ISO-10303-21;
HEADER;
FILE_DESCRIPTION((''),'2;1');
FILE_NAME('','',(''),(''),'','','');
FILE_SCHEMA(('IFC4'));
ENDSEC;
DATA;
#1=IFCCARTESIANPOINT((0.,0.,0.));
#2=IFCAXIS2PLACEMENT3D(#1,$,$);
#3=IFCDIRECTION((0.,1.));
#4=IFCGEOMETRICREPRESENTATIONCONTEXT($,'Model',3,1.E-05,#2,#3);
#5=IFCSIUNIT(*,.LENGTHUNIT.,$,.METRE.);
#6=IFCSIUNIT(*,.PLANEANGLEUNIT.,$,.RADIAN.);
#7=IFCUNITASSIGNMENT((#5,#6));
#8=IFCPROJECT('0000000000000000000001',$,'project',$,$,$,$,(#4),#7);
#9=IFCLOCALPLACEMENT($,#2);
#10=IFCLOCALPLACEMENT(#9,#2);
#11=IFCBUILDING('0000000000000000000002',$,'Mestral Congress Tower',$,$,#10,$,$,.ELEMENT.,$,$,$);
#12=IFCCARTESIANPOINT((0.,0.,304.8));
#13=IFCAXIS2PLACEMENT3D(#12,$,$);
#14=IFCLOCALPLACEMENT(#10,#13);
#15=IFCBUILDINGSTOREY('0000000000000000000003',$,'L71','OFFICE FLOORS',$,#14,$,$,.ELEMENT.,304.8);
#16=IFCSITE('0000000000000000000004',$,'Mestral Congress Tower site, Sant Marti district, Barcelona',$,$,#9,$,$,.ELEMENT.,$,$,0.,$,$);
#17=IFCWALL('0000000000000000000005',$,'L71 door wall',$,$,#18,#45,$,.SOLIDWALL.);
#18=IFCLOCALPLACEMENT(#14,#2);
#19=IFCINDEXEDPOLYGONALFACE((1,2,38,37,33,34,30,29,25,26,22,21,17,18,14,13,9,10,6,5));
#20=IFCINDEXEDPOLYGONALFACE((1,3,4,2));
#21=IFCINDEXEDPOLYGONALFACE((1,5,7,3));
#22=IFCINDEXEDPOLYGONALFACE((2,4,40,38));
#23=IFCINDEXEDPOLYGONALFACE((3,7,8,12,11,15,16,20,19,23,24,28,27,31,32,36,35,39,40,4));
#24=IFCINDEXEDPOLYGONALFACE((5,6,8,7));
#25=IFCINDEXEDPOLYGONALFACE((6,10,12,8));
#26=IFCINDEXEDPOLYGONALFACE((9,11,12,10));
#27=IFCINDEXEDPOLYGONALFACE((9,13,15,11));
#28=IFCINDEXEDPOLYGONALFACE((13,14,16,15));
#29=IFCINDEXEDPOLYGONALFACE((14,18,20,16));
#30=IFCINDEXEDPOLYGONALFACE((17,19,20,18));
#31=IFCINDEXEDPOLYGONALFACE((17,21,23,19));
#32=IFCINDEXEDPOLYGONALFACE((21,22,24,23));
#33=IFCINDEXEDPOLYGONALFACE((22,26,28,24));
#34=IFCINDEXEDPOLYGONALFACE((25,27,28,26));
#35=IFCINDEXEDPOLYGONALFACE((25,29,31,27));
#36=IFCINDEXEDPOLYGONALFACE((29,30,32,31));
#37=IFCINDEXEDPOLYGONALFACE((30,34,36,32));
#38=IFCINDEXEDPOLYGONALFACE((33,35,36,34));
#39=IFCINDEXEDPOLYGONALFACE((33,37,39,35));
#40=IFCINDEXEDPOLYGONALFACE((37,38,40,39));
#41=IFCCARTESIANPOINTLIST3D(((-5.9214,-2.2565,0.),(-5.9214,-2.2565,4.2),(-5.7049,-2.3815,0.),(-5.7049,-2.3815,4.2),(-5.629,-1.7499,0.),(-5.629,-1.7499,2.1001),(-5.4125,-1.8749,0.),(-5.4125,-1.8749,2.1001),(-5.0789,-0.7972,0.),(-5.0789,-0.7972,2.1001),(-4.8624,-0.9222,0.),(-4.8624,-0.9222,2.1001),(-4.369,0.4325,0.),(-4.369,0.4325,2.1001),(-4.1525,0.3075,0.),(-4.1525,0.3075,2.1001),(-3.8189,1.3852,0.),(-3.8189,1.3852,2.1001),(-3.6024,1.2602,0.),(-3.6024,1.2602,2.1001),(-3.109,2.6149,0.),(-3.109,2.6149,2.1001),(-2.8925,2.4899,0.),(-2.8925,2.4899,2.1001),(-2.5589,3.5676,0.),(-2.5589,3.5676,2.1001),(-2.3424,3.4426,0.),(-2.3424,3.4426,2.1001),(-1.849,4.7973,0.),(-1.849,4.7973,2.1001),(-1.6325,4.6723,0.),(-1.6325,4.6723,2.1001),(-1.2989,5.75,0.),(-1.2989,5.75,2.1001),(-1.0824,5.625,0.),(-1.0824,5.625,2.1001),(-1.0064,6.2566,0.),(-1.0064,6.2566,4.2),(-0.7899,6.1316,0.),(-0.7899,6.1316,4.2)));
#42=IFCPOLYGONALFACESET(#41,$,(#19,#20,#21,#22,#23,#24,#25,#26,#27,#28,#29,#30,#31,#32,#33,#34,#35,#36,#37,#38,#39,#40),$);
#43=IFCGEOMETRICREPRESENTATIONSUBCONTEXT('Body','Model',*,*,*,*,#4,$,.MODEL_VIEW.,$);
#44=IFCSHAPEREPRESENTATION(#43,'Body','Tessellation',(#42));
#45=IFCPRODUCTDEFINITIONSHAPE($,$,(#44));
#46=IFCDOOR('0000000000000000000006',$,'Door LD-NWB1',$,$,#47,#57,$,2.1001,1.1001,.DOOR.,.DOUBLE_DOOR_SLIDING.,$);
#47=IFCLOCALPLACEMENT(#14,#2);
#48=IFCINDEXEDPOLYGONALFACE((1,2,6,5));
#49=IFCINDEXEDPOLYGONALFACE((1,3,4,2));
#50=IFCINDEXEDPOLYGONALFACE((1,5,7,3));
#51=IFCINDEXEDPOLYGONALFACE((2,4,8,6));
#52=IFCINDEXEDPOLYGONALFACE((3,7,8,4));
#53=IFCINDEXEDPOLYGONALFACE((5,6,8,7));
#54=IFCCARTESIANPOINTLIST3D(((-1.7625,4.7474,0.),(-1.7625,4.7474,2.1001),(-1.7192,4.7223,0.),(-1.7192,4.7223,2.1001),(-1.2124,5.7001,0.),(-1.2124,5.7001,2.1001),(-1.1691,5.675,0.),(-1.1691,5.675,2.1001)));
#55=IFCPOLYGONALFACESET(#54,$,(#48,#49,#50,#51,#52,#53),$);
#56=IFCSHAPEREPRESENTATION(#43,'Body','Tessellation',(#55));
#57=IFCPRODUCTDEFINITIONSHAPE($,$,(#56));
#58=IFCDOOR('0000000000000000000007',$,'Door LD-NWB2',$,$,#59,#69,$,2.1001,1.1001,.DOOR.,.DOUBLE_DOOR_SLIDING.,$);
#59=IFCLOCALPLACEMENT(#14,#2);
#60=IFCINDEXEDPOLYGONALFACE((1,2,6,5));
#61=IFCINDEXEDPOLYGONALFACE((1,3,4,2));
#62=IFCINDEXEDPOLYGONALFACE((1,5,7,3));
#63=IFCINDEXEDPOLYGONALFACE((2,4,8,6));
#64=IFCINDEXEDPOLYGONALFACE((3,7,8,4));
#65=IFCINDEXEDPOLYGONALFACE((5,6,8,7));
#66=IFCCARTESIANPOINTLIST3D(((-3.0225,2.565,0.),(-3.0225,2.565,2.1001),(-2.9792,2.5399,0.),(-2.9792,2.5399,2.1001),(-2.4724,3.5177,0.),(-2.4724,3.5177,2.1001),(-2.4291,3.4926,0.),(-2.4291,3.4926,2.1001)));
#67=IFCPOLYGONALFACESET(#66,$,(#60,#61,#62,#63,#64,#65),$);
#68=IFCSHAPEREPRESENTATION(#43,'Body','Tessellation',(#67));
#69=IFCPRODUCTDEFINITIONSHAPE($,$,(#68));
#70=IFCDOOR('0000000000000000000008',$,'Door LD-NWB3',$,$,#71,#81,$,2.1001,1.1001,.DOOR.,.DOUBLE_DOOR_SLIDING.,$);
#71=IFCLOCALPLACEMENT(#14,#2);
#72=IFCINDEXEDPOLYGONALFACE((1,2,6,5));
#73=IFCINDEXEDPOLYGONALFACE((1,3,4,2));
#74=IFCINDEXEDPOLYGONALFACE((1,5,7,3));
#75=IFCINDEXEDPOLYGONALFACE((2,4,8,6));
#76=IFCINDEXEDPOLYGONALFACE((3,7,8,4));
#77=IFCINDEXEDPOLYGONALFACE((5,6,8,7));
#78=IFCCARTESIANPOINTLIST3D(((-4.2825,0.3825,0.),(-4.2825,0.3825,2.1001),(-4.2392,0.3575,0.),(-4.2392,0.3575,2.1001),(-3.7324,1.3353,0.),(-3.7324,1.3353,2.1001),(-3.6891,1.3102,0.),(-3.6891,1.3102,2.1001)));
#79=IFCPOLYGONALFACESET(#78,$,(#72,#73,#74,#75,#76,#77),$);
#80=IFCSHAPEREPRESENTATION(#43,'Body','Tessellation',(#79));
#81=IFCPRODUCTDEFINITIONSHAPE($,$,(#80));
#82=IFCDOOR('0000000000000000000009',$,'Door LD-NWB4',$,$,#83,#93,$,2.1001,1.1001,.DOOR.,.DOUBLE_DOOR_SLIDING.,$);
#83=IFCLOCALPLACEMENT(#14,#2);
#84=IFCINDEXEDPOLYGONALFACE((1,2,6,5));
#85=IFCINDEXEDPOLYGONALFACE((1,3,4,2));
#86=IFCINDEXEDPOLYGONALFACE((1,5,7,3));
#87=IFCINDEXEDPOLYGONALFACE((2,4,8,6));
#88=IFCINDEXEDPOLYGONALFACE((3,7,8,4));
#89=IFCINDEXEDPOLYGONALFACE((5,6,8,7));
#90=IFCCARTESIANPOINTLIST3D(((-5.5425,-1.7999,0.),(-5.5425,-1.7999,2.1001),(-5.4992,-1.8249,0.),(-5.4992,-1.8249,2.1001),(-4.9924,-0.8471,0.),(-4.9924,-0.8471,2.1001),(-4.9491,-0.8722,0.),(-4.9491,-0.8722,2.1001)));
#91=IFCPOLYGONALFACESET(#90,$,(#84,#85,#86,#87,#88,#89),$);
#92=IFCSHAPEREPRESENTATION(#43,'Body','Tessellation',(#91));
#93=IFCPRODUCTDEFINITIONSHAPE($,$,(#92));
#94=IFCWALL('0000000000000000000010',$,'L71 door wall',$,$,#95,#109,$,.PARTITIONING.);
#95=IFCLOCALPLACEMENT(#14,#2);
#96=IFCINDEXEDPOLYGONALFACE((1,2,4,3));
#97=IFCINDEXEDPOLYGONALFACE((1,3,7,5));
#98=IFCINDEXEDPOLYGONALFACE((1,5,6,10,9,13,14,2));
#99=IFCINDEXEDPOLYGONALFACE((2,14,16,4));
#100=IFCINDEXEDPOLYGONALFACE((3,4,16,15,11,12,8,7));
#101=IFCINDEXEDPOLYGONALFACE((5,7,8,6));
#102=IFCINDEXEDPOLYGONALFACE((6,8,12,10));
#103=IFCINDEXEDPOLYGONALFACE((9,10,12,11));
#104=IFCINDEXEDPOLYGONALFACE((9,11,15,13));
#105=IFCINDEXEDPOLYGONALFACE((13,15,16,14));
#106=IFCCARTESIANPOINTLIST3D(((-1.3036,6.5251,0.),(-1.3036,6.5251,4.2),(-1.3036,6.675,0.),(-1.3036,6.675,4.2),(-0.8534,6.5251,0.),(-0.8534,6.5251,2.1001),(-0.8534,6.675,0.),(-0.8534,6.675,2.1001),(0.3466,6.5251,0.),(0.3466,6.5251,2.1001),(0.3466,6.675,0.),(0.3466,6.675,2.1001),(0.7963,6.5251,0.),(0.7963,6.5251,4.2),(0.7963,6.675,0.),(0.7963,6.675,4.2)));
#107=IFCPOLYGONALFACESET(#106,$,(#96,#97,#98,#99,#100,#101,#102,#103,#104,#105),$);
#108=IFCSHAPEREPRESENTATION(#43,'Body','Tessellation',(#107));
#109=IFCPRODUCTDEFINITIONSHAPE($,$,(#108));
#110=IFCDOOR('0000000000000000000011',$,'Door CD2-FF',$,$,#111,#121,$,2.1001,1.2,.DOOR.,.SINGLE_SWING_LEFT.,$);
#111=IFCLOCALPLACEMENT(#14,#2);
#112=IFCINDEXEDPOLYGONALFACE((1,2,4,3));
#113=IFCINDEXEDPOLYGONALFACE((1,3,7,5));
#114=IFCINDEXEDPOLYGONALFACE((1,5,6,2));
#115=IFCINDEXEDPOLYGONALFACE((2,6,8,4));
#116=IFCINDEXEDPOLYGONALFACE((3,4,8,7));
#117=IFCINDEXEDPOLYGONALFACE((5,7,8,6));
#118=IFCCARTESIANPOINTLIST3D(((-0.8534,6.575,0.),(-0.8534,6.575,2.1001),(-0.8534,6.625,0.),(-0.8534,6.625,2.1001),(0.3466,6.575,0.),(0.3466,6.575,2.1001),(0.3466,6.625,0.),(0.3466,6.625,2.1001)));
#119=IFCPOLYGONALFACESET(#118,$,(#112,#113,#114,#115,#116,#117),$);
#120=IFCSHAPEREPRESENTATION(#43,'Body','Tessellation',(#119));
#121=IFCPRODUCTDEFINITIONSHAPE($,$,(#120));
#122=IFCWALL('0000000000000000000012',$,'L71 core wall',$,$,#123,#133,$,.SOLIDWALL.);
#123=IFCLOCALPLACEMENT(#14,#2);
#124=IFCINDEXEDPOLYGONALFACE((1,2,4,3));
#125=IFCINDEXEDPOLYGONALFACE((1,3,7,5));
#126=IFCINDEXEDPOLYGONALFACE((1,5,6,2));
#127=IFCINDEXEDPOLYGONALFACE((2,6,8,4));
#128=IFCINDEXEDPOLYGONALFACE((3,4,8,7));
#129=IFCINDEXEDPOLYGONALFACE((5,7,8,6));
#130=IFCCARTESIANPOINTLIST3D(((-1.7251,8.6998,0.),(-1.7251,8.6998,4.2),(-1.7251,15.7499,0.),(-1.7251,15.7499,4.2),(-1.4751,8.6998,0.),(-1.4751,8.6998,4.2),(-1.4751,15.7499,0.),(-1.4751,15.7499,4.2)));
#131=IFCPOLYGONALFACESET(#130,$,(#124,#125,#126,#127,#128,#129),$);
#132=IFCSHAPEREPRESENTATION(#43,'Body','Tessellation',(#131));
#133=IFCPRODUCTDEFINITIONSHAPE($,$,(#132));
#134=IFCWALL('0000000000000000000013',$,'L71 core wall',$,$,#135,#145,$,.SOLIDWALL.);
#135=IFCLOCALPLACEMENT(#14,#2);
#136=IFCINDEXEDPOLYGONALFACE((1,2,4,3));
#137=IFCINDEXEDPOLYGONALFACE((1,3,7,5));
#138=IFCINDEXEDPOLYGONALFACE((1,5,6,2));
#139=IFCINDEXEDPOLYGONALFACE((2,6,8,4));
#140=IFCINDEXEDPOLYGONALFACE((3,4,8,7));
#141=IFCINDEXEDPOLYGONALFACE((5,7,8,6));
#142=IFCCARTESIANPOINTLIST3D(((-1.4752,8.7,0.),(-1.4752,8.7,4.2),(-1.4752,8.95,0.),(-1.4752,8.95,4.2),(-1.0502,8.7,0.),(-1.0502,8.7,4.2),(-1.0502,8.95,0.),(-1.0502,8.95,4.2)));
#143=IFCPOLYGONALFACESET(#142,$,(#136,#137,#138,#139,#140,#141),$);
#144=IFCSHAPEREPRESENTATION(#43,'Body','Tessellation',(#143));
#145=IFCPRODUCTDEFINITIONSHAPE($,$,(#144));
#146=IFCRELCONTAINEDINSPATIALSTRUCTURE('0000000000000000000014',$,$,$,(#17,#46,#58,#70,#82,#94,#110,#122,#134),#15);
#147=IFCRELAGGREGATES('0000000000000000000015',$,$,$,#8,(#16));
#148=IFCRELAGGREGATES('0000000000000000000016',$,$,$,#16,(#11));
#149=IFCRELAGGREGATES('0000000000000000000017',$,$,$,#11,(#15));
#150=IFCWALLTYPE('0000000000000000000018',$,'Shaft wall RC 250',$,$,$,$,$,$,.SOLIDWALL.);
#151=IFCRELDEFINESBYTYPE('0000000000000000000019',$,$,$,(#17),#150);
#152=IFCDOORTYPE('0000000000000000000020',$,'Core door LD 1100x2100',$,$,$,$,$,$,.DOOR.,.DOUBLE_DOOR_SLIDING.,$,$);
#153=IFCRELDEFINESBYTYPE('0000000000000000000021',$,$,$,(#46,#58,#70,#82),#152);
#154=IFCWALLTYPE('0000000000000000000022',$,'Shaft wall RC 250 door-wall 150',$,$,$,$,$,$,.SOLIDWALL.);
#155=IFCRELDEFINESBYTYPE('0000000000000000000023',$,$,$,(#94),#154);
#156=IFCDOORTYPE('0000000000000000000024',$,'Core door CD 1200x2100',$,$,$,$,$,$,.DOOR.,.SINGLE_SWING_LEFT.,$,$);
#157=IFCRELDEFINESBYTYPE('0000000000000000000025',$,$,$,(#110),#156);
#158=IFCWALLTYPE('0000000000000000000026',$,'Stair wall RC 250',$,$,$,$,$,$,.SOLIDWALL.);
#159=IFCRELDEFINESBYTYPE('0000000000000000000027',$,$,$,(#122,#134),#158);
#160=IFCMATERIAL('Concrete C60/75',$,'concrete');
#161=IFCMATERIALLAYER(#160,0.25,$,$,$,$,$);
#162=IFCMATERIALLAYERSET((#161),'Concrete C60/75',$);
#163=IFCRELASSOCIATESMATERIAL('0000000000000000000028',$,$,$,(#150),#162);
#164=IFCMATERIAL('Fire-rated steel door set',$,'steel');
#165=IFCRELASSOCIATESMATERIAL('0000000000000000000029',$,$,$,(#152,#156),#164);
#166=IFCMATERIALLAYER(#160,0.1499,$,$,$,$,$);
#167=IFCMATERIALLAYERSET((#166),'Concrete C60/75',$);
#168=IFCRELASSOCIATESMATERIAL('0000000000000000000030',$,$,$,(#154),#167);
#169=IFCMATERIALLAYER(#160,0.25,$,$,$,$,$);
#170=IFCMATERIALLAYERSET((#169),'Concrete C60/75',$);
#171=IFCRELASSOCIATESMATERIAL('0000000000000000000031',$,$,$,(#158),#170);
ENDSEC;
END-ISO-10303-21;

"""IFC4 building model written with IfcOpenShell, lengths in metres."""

from ifc_helpers import new_model, si_unit, direction, frame, frame_2d, origin, place, context, subcontext, project, spatial, rectangle, extrude, material, layer, layer_set, type_object, element, fill, save


model = new_model("IFC4")

# Units and contexts
model_context = context("Model", 3, precision=1e-05, world=origin(), true_north=direction((0.0, 1.0)))
body_context = subcontext(model_context, "Body", "Model", "MODEL_VIEW")
ifc_project = project(units=[si_unit("LENGTHUNIT", "METRE"), si_unit("PLANEANGLEUNIT", "RADIAN")], contexts=[model_context])

# Site, building, storey
site_placement = place(None, origin())
site = spatial("IfcSite", under=ifc_project, at=site_placement, Name="Mestral Congress Tower site, Sant Marti district, Barcelona", CompositionType="ELEMENT", RefElevation=0.0)
building_placement = place(site_placement, origin())
building = spatial("IfcBuilding", under=site, at=building_placement, Name="Mestral Congress Tower", CompositionType="ELEMENT")
storey_placement = place(building_placement, frame((0.0, 0.0, 304.8)))
storey = spatial("IfcBuildingStorey", under=building, at=storey_placement, Name="L71", Description="OFFICE FLOORS", CompositionType="ELEMENT", Elevation=304.8)

# Shared definitions
ifc_material_1 = material(Name="Concrete C60/75", Category="concrete")

# Shared definitions
ifc_material_2 = material(Name="Fire-rated steel door set", Category="steel")

# Shared definitions
ifc_layer_1 = layer(ifc_material_1, 0.25)
ifc_layer_set_1 = layer_set([ifc_layer_1], Name="Concrete C60/75")
wall_type_1 = type_object("IfcWallType", Name="Shaft wall RC 250", PredefinedType="SOLIDWALL", material=ifc_layer_set_1)

# Wall, openings, doors
wall_1_placement = place(storey_placement, frame((-0.8982, 6.1941, 0.0), z_axis=(0.0, 0.0, 1.0), x_axis=(-0.499996, -0.866028, 0.0)))
wall_1 = element("IfcWall", 1, at=wall_1_placement, inside=storey, type_object=wall_type_1, Name="L71 door wall", PredefinedType="SOLIDWALL", context=body_context, shape_type="SweptSolid", body=[
    extrude(rectangle(XDim=9.8301, YDim=0.25, at=frame_2d((4.915, 0.0))), origin(), (0.0, 0.0, 1.0), 4.2),
])
opening_1_placement = place(wall_1_placement, frame((0.585, 0.0, 0.0)))
opening_1 = element("IfcOpeningElement", 2, at=opening_1_placement, cuts=wall_1, PredefinedType="OPENING", context=body_context, shape_type="SweptSolid", body=[
    extrude(rectangle(XDim=1.1001, YDim=2.1001, at=frame_2d((0.55, 1.05))), frame((0.0, 0.135, 0.0), z_axis=(0.0, -1.0, 0.0), x_axis=(1.0, 0.0, 0.0)), (0.0, 0.0, 1.0), 0.27),
])
opening_2_placement = place(wall_1_placement, frame((3.105, 0.0, 0.0)))
opening_2 = element("IfcOpeningElement", 3, at=opening_2_placement, cuts=wall_1, PredefinedType="OPENING", context=body_context, shape_type="SweptSolid", body=[
    extrude(rectangle(XDim=1.1001, YDim=2.1001, at=frame_2d((0.55, 1.05))), frame((0.0, 0.135, 0.0), z_axis=(0.0, -1.0, 0.0), x_axis=(1.0, 0.0, 0.0)), (0.0, 0.0, 1.0), 0.27),
])
opening_3_placement = place(wall_1_placement, frame((5.625, 0.0, 0.0)))
opening_3 = element("IfcOpeningElement", 4, at=opening_3_placement, cuts=wall_1, PredefinedType="OPENING", context=body_context, shape_type="SweptSolid", body=[
    extrude(rectangle(XDim=1.1001, YDim=2.1001, at=frame_2d((0.55, 1.05))), frame((0.0, 0.135, 0.0), z_axis=(0.0, -1.0, 0.0), x_axis=(1.0, 0.0, 0.0)), (0.0, 0.0, 1.0), 0.27),
])
opening_4_placement = place(wall_1_placement, frame((8.145, 0.0, 0.0)))
opening_4 = element("IfcOpeningElement", 5, at=opening_4_placement, cuts=wall_1, PredefinedType="OPENING", context=body_context, shape_type="SweptSolid", body=[
    extrude(rectangle(XDim=1.1001, YDim=2.1001, at=frame_2d((0.55, 1.05))), frame((0.0, 0.135, 0.0), z_axis=(0.0, -1.0, 0.0), x_axis=(1.0, 0.0, 0.0)), (0.0, 0.0, 1.0), 0.27),
])
door_type_1 = type_object("IfcDoorType", Name="Core door LD 1100x2100", OperationType="DOUBLE_DOOR_SLIDING", PredefinedType="DOOR", material=ifc_material_2)
door_1_placement = place(opening_1_placement, origin())
door_1 = element("IfcDoor", 6, at=door_1_placement, inside=storey, type_object=door_type_1, Name="Door LD-NWB1", OperationType="DOUBLE_DOOR_SLIDING", OverallHeight=2.1001, OverallWidth=1.1001, PredefinedType="DOOR", context=body_context, shape_type="SweptSolid", body=[
    extrude(rectangle(XDim=1.1001, YDim=2.1001, at=frame_2d((0.55, 1.05))), frame((0.0, 0.0249, 0.0), z_axis=(0.0, -1.0, 0.0), x_axis=(1.0, 0.0, 0.0)), (0.0, 0.0, 1.0), 0.05),
])
fill(opening_1, door_1)
door_2_placement = place(opening_2_placement, origin())
door_2 = element("IfcDoor", 7, at=door_2_placement, inside=storey, type_object=door_type_1, Name="Door LD-NWB2", OperationType="DOUBLE_DOOR_SLIDING", OverallHeight=2.1001, OverallWidth=1.1001, PredefinedType="DOOR", context=body_context, shape_type="SweptSolid", body=[
    extrude(rectangle(XDim=1.1001, YDim=2.1001, at=frame_2d((0.55, 1.05))), frame((0.0, 0.0249, 0.0), z_axis=(0.0, -1.0, 0.0), x_axis=(1.0, 0.0, 0.0)), (0.0, 0.0, 1.0), 0.05),
])
fill(opening_2, door_2)
door_3_placement = place(opening_3_placement, origin())
door_3 = element("IfcDoor", 8, at=door_3_placement, inside=storey, type_object=door_type_1, Name="Door LD-NWB3", OperationType="DOUBLE_DOOR_SLIDING", OverallHeight=2.1001, OverallWidth=1.1001, PredefinedType="DOOR", context=body_context, shape_type="SweptSolid", body=[
    extrude(rectangle(XDim=1.1001, YDim=2.1001, at=frame_2d((0.55, 1.05))), frame((0.0, 0.0249, 0.0), z_axis=(0.0, -1.0, 0.0), x_axis=(1.0, 0.0, 0.0)), (0.0, 0.0, 1.0), 0.05),
])
fill(opening_3, door_3)
door_4_placement = place(opening_4_placement, origin())
door_4 = element("IfcDoor", 9, at=door_4_placement, inside=storey, type_object=door_type_1, Name="Door LD-NWB4", OperationType="DOUBLE_DOOR_SLIDING", OverallHeight=2.1001, OverallWidth=1.1001, PredefinedType="DOOR", context=body_context, shape_type="SweptSolid", body=[
    extrude(rectangle(XDim=1.1001, YDim=2.1001, at=frame_2d((0.55, 1.05))), frame((0.0, 0.0249, 0.0), z_axis=(0.0, -1.0, 0.0), x_axis=(1.0, 0.0, 0.0)), (0.0, 0.0, 1.0), 0.05),
])
fill(opening_4, door_4)

# Wall, opening, door
ifc_layer_2 = layer(ifc_material_1, 0.1499)
ifc_layer_set_2 = layer_set([ifc_layer_2], Name="Concrete C60/75")
wall_type_2 = type_object("IfcWallType", Name="Shaft wall RC 250 door-wall 150", PredefinedType="SOLIDWALL", material=ifc_layer_set_2)
wall_2_placement = place(storey_placement, frame((-1.3035, 6.6001, 0.0), z_axis=(0.0, 0.0, 1.0), x_axis=(1.0, 0.0, 0.0)))
wall_2 = element("IfcWall", 10, at=wall_2_placement, inside=storey, type_object=wall_type_2, Name="L71 door wall", PredefinedType="PARTITIONING", context=body_context, shape_type="SweptSolid", body=[
    extrude(rectangle(XDim=2.0999, YDim=0.1499, at=frame_2d((1.0498, 0.0))), origin(), (0.0, 0.0, 1.0), 4.2),
])
opening_5_placement = place(wall_2_placement, frame((0.45, 0.0, 0.0)))
opening_5 = element("IfcOpeningElement", 11, at=opening_5_placement, cuts=wall_2, PredefinedType="OPENING", context=body_context, shape_type="SweptSolid", body=[
    extrude(rectangle(XDim=1.2, YDim=2.1001, at=frame_2d((0.6001, 1.05))), frame((0.0, 0.085, 0.0), z_axis=(0.0, -1.0, 0.0), x_axis=(1.0, 0.0, 0.0)), (0.0, 0.0, 1.0), 0.1699),
])
door_type_2 = type_object("IfcDoorType", Name="Core door CD 1200x2100", OperationType="SINGLE_SWING_LEFT", PredefinedType="DOOR", material=ifc_material_2)
door_5_placement = place(opening_5_placement, origin())
door_5 = element("IfcDoor", 12, at=door_5_placement, inside=storey, type_object=door_type_2, Name="Door CD2-FF", OperationType="SINGLE_SWING_LEFT", OverallHeight=2.1001, OverallWidth=1.2, PredefinedType="DOOR", context=body_context, shape_type="SweptSolid", body=[
    extrude(rectangle(XDim=1.2, YDim=2.1001, at=frame_2d((0.6001, 1.05))), frame((0.0, 0.0249, 0.0), z_axis=(0.0, -1.0, 0.0), x_axis=(1.0, 0.0, 0.0)), (0.0, 0.0, 1.0), 0.05),
])
fill(opening_5, door_5)

# Walls
ifc_layer_3 = layer(ifc_material_1, 0.25)
ifc_layer_set_3 = layer_set([ifc_layer_3], Name="Concrete C60/75")
wall_type_3 = type_object("IfcWallType", Name="Stair wall RC 250", PredefinedType="SOLIDWALL", material=ifc_layer_set_3)
wall_3_placement = place(storey_placement, frame((-1.6001, 8.7, 0.0), z_axis=(0.0, 0.0, 1.0), x_axis=(0.0, 1.0, 0.0)))
element("IfcWall", 13, at=wall_3_placement, inside=storey, type_object=wall_type_3, Name="L71 core wall", PredefinedType="SOLIDWALL", context=body_context, shape_type="SweptSolid", body=[
    extrude(rectangle(XDim=7.05, YDim=0.25, at=frame_2d((3.5249, 0.0))), origin(), (0.0, 0.0, 1.0), 4.2),
])
wall_4_placement = place(storey_placement, frame((-1.4751, 8.825, 0.0), z_axis=(0.0, 0.0, 1.0), x_axis=(1.0, 0.0, 0.0)))
element("IfcWall", 14, at=wall_4_placement, inside=storey, type_object=wall_type_3, Name="L71 core wall", PredefinedType="SOLIDWALL", context=body_context, shape_type="SweptSolid", body=[
    extrude(rectangle(XDim=0.425, YDim=0.25, at=frame_2d((0.2124, 0.0))), origin(), (0.0, 0.0, 1.0), 4.2),
])

save(model, "model.ifc")
